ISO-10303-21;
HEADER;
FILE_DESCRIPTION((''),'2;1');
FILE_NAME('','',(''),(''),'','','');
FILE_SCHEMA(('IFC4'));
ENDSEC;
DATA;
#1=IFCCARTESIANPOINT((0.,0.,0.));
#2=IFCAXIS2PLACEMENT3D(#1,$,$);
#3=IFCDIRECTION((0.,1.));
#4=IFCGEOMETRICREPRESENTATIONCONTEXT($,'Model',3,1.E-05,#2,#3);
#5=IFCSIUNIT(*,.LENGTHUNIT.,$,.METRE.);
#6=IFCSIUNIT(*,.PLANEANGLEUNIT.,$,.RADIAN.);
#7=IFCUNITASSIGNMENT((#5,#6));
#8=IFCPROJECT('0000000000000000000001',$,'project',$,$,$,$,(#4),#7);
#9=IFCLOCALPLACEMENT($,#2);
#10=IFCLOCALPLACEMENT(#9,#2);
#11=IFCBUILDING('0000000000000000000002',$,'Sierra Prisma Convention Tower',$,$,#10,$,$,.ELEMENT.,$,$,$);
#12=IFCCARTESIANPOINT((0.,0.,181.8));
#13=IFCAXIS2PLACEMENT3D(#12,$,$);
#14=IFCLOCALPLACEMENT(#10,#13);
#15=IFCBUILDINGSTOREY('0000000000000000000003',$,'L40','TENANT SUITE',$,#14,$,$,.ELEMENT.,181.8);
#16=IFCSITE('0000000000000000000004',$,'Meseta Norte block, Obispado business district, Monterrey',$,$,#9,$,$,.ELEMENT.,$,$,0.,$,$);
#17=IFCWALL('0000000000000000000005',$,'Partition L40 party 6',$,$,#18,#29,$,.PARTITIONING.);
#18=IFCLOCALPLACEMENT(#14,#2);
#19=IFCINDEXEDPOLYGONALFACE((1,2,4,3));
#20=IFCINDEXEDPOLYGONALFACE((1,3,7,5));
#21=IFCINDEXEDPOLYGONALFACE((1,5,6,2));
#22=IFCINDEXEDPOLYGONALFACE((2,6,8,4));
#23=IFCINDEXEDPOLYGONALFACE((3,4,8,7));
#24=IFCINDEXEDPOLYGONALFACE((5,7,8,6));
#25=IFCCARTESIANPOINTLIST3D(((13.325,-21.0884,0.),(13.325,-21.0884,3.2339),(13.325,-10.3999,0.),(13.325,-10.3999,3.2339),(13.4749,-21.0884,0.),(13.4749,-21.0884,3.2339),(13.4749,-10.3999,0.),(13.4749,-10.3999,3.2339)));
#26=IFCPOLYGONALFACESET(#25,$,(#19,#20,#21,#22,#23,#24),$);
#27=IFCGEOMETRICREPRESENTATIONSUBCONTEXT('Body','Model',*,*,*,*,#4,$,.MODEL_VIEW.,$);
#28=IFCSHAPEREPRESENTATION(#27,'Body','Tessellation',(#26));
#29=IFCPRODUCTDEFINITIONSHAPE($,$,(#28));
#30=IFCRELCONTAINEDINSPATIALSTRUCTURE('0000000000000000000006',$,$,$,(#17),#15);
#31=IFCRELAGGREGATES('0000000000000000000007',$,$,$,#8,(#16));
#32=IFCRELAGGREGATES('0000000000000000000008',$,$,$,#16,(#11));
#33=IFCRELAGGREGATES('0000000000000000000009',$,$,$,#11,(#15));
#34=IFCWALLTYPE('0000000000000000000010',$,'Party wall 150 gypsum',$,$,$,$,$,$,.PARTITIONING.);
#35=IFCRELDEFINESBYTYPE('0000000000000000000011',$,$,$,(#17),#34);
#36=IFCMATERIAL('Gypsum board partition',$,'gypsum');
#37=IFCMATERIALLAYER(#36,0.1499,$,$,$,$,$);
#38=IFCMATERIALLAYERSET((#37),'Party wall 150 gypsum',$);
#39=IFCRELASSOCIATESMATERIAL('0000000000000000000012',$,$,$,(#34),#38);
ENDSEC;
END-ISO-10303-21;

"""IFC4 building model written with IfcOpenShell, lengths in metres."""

from ifc_helpers import new_model, si_unit, direction, frame, frame_2d, origin, place, context, subcontext, project, spatial, rectangle, extrude, material, layer, layer_set, type_object, element, save


model = new_model("IFC4")

# Units and contexts
model_context = context("Model", 3, precision=1e-05, world=origin(), true_north=direction((0.0, 1.0)))
body_context = subcontext(model_context, "Body", "Model", "MODEL_VIEW")
ifc_project = project(units=[si_unit("LENGTHUNIT", "METRE"), si_unit("PLANEANGLEUNIT", "RADIAN")], contexts=[model_context])

# Site, building, storey
site_placement = place(None, origin())
site = spatial("IfcSite", under=ifc_project, at=site_placement, Name="Meseta Norte block, Obispado business district, Monterrey", CompositionType="ELEMENT", RefElevation=0.0)
building_placement = place(site_placement, origin())
building = spatial("IfcBuilding", under=site, at=building_placement, Name="Sierra Prisma Convention Tower", CompositionType="ELEMENT")
storey_placement = place(building_placement, frame((0.0, 0.0, 181.8)))
storey = spatial("IfcBuildingStorey", under=building, at=storey_placement, Name="L40", Description="TENANT SUITE", CompositionType="ELEMENT", Elevation=181.8)

# Wall
ifc_material_1 = material(Name="Gypsum board partition", Category="gypsum")
ifc_layer_1 = layer(ifc_material_1, 0.1499)
ifc_layer_set_1 = layer_set([ifc_layer_1], Name="Party wall 150 gypsum")
wall_type_1 = type_object("IfcWallType", Name="Party wall 150 gypsum", PredefinedType="PARTITIONING", material=ifc_layer_set_1)
wall_1_placement = place(storey_placement, frame((13.3999, -10.3999, 0.0), z_axis=(0.0, 0.0, 1.0), x_axis=(0.0, -1.0, 0.0)))
element("IfcWall", 1, at=wall_1_placement, inside=storey, type_object=wall_type_1, Name="Partition L40 party 6", PredefinedType="PARTITIONING", context=body_context, shape_type="SweptSolid", body=[
    extrude(rectangle(XDim=10.6885, YDim=0.1499, at=frame_2d((5.3442, 0.0))), origin(), (0.0, 0.0, 1.0), 3.2339),
])

save(model, "model.ifc")
